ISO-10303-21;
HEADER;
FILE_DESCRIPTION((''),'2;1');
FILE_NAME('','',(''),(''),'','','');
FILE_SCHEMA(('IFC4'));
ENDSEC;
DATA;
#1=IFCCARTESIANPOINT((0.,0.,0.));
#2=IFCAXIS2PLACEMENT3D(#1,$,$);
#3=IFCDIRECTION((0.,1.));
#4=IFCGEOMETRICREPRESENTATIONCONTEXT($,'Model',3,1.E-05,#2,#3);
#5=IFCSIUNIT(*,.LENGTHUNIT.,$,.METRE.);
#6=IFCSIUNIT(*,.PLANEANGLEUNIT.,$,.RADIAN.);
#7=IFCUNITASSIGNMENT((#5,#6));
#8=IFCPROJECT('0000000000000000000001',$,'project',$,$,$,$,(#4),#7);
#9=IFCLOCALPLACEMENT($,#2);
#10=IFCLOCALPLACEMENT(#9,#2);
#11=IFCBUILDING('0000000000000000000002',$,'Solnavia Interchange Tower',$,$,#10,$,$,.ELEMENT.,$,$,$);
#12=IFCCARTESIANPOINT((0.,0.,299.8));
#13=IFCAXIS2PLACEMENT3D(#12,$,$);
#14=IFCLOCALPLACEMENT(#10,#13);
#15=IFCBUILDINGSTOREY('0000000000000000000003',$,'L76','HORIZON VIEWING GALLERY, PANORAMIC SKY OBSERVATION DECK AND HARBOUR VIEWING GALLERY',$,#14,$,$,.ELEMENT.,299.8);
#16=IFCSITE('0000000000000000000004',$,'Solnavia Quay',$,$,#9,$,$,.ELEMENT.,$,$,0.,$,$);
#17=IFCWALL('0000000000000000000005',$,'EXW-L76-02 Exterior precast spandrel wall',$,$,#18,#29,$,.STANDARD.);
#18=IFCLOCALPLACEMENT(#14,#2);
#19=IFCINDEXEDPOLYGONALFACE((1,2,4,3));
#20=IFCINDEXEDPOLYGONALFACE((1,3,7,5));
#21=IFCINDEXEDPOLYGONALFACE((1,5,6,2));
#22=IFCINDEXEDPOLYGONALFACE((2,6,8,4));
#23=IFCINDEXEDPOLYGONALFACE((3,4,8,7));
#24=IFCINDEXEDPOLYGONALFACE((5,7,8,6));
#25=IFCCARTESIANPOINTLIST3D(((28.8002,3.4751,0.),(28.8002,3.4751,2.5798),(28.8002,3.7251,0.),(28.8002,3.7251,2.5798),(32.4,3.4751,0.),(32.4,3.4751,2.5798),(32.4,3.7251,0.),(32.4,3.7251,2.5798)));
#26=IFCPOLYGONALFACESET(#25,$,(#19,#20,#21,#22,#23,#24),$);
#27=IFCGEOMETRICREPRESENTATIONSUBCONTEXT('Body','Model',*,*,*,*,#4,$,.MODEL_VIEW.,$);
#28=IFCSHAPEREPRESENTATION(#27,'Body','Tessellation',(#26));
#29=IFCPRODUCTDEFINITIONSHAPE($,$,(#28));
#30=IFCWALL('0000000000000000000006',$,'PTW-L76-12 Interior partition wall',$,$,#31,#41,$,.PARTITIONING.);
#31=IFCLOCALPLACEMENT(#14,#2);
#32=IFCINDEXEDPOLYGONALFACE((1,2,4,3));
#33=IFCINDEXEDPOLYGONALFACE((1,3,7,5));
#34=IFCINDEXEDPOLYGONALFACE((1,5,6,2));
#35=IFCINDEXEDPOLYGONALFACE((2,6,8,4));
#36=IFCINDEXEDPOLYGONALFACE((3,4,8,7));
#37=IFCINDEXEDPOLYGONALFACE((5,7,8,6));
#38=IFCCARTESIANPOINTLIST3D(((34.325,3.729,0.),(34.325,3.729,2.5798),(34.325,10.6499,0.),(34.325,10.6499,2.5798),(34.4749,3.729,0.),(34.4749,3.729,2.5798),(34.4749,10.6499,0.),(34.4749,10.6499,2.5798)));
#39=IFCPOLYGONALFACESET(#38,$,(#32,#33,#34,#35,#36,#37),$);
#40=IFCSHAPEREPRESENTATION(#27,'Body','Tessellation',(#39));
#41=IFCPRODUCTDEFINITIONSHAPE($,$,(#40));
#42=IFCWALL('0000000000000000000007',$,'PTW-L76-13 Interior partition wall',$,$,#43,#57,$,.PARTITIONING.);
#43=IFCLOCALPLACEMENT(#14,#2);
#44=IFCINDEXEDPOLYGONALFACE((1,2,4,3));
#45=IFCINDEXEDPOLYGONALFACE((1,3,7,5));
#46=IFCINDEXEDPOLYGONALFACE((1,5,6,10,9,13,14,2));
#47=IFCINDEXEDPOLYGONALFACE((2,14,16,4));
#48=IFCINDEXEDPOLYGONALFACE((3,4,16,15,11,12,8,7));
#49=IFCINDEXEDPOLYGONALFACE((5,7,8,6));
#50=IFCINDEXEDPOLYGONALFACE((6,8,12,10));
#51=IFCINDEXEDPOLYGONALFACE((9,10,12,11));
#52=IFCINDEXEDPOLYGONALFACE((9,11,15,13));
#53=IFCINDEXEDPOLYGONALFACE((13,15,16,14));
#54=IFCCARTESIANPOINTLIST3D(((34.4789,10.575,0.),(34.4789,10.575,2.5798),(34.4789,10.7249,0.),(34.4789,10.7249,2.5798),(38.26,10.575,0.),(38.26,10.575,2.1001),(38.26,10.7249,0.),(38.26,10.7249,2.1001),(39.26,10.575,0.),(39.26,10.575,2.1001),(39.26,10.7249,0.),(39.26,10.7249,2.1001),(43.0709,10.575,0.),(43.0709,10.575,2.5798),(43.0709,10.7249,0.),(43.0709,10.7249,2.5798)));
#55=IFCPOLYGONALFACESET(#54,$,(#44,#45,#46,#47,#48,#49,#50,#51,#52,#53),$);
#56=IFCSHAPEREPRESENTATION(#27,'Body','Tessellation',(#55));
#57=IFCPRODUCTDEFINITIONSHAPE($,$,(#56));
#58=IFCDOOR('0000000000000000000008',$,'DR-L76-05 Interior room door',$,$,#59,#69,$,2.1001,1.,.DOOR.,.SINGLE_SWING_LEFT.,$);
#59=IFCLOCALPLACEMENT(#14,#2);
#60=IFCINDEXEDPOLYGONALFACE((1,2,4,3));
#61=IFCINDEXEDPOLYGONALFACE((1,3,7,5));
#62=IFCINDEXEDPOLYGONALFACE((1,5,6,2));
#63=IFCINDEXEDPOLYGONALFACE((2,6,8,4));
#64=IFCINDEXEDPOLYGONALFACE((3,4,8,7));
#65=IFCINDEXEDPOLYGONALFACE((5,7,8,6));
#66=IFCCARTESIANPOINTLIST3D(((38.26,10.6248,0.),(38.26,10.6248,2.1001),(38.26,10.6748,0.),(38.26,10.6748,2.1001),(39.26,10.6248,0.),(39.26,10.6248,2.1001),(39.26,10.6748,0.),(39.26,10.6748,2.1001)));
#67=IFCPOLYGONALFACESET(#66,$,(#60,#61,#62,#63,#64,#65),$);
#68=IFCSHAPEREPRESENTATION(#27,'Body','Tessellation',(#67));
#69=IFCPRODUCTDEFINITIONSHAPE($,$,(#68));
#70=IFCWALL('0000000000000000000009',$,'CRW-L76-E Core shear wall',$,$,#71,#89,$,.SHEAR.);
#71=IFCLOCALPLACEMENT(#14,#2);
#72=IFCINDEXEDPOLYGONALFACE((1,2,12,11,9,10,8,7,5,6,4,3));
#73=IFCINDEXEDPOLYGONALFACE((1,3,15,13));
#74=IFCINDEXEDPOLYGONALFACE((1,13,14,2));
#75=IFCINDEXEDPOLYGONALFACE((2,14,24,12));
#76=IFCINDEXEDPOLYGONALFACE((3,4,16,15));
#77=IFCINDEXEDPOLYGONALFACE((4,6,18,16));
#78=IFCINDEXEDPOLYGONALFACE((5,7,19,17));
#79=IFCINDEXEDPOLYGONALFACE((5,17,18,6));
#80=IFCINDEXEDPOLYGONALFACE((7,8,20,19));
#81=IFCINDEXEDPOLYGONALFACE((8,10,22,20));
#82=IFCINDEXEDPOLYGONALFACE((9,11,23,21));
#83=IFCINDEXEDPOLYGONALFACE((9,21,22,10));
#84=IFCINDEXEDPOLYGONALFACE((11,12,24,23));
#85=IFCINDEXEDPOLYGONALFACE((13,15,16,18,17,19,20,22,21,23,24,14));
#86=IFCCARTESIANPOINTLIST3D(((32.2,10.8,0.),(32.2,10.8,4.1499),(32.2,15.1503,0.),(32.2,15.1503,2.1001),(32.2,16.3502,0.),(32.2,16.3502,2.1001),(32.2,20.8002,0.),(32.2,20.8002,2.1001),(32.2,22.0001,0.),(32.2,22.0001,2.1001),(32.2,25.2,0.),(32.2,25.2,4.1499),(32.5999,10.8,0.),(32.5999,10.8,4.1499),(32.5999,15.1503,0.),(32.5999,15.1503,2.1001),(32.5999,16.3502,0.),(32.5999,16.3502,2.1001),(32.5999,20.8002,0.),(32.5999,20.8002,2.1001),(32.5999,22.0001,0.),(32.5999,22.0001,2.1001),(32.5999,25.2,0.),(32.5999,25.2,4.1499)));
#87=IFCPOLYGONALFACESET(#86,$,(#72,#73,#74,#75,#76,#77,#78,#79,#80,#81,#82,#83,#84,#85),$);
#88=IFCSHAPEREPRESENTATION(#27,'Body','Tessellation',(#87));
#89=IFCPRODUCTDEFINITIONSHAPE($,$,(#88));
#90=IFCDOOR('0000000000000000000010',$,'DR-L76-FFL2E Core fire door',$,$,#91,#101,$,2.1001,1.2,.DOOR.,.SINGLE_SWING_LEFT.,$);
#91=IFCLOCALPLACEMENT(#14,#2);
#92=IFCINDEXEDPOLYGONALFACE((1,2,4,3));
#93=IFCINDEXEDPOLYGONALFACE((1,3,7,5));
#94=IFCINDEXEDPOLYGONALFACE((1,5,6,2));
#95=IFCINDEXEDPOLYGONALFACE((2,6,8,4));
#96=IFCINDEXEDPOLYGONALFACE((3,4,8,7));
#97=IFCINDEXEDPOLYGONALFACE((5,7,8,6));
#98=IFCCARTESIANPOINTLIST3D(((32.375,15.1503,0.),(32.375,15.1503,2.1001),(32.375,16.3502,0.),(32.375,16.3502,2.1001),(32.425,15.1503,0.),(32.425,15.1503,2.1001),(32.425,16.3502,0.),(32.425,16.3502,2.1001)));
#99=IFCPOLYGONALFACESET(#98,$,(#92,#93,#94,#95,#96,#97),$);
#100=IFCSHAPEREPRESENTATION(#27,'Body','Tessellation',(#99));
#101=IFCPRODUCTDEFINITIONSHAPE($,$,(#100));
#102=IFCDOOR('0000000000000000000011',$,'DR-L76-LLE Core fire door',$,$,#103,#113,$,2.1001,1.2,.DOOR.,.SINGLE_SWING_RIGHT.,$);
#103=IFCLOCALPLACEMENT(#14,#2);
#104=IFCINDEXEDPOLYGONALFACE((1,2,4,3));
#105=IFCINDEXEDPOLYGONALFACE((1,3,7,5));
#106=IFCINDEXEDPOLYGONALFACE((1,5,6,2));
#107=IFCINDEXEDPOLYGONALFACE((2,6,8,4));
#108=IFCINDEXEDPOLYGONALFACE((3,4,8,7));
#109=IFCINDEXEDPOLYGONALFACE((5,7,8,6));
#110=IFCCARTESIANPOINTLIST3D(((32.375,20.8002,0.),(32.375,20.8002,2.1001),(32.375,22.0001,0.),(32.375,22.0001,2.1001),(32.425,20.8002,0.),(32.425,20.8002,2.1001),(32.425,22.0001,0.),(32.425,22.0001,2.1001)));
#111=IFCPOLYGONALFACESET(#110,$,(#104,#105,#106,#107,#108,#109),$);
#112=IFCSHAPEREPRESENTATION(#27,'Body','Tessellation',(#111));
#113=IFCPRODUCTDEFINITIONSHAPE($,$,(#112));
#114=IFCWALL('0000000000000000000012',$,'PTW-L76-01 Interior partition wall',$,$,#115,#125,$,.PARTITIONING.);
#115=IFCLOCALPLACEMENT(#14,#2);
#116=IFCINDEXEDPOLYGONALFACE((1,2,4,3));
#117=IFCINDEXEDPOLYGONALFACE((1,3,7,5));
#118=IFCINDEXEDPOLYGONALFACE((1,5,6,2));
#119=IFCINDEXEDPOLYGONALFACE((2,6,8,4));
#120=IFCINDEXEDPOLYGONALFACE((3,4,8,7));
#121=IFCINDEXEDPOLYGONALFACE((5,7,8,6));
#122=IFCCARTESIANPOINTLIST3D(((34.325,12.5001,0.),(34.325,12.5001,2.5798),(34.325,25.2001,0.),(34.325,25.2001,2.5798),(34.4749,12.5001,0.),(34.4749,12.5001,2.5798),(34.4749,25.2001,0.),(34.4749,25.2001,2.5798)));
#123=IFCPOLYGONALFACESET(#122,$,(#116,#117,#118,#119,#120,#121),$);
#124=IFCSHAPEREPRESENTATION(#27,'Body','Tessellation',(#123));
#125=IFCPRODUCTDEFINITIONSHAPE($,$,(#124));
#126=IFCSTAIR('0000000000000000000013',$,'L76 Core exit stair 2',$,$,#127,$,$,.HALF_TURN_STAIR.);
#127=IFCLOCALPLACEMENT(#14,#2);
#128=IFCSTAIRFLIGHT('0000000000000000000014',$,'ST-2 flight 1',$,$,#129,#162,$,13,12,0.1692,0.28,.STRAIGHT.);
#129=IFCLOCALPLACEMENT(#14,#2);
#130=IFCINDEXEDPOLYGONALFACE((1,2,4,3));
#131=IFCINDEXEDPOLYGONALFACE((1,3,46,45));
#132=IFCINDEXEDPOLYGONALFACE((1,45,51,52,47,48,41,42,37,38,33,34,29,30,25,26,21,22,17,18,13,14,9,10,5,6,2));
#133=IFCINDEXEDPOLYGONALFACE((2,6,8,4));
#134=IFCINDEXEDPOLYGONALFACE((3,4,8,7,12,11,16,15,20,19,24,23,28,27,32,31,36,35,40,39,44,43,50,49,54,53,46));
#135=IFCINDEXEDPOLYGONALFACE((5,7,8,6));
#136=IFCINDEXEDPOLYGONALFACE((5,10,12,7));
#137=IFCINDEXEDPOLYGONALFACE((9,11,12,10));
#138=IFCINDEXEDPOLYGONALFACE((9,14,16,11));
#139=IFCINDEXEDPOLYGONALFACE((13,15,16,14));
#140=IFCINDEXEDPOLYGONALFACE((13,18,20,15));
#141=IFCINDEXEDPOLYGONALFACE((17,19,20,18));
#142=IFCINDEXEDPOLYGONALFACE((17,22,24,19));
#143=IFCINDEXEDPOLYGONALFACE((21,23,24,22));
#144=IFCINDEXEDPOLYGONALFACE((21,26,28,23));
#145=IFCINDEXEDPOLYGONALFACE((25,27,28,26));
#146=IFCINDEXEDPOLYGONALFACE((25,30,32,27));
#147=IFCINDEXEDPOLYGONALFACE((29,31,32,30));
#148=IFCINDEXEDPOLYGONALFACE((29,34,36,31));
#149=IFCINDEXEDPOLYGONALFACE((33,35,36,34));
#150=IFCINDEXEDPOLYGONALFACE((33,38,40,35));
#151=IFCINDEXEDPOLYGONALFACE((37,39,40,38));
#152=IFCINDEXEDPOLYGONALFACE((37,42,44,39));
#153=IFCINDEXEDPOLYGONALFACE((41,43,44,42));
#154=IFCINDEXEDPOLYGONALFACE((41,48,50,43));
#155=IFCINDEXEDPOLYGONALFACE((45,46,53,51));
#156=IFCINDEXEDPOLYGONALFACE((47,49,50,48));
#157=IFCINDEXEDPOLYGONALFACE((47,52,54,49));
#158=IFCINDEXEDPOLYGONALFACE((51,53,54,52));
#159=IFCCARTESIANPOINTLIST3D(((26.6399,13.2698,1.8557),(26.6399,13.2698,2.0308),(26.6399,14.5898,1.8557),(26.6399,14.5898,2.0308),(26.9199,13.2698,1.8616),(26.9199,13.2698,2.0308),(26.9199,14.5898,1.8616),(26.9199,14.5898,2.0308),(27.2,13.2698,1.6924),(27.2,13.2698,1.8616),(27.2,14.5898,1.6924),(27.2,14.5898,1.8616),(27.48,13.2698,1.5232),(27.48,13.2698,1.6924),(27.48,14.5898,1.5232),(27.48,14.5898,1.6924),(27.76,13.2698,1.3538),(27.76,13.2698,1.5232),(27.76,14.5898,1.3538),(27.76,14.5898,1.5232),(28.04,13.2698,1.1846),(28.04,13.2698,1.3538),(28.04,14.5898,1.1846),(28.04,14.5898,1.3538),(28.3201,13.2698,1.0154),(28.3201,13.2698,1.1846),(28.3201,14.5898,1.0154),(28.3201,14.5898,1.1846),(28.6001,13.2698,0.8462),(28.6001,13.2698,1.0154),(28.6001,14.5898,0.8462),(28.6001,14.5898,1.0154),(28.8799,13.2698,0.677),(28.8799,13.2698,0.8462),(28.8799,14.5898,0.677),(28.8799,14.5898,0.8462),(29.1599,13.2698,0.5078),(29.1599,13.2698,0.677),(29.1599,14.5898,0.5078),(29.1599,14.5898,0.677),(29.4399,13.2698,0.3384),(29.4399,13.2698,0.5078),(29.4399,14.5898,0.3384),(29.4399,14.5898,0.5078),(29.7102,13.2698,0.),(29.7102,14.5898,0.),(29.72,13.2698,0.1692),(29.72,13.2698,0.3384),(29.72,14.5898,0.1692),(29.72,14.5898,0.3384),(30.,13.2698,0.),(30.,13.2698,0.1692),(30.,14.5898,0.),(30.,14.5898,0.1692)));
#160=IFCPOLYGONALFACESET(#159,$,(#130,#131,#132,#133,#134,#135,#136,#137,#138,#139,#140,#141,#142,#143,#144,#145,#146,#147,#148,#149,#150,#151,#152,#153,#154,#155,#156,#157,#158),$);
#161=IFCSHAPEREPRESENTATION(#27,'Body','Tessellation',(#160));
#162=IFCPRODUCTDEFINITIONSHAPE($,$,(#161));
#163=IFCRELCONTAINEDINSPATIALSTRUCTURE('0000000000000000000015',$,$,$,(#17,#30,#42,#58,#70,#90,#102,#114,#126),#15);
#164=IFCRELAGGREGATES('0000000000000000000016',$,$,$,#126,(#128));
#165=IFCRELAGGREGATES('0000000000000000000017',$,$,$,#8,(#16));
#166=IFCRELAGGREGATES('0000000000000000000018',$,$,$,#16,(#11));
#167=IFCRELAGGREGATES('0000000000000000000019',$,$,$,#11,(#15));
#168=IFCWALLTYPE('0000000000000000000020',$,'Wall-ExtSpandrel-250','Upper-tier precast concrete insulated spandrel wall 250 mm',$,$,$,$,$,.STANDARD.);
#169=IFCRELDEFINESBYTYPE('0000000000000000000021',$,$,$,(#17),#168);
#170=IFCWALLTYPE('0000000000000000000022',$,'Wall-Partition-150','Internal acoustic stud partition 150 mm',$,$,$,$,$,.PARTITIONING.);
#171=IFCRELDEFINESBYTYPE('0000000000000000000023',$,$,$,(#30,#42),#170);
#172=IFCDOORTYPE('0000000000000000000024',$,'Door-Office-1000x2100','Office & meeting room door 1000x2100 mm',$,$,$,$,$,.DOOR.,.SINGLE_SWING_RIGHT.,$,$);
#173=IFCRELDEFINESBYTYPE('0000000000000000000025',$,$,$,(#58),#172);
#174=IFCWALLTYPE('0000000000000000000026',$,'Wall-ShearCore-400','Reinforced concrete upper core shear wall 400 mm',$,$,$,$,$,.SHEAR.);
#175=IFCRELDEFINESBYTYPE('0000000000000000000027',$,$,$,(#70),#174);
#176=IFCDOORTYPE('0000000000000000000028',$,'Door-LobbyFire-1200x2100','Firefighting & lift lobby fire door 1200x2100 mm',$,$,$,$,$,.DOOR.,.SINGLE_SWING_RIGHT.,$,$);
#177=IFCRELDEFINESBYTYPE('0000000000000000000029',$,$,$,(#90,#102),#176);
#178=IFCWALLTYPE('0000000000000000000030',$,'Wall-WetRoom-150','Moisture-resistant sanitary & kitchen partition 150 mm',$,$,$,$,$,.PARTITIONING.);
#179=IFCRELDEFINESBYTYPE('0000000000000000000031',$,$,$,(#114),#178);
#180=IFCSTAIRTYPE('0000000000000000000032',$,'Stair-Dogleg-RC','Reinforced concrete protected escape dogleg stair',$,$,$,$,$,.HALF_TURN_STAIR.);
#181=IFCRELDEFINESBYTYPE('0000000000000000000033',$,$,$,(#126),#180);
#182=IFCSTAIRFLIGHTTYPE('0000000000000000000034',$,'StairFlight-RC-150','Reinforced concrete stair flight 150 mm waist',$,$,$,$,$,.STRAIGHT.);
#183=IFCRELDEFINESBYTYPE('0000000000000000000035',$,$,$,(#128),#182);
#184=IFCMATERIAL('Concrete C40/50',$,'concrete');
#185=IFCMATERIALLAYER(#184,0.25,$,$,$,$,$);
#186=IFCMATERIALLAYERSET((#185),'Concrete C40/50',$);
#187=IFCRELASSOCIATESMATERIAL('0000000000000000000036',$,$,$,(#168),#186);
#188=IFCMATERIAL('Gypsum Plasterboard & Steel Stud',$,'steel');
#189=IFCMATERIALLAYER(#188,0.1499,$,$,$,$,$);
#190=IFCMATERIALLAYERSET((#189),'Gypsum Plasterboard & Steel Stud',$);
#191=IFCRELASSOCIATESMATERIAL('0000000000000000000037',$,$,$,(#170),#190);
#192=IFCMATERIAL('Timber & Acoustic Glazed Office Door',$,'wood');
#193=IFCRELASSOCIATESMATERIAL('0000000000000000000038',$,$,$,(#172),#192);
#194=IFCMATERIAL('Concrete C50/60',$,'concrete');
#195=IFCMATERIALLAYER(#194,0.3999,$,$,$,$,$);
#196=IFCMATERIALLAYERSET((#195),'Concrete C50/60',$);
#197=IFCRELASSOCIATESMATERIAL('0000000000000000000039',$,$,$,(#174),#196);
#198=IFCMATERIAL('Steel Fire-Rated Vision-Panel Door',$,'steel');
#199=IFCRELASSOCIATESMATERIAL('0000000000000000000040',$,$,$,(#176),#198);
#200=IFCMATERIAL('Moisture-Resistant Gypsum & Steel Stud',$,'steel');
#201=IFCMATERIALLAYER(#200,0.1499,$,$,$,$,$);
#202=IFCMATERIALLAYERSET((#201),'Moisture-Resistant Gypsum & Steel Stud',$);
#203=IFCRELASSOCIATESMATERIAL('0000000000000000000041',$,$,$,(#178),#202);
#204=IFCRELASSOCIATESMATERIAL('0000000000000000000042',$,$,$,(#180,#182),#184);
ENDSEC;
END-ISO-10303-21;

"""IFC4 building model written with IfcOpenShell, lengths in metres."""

from ifc_helpers import new_model, si_unit, direction, frame, frame_2d, origin, place, context, subcontext, project, spatial, polyline, rectangle, outline, extrude, material, layer, layer_set, type_object, element, fill, aggregate, save


model = new_model("IFC4")

# Units and contexts
model_context = context("Model", 3, precision=1e-05, world=origin(), true_north=direction((0.0, 1.0)))
body_context = subcontext(model_context, "Body", "Model", "MODEL_VIEW")
ifc_project = project(units=[si_unit("LENGTHUNIT", "METRE"), si_unit("PLANEANGLEUNIT", "RADIAN")], contexts=[model_context])

# Site, building, storey
site_placement = place(None, origin())
site = spatial("IfcSite", under=ifc_project, at=site_placement, Name="Solnavia Quay", CompositionType="ELEMENT", RefElevation=0.0)
building_placement = place(site_placement, origin())
building = spatial("IfcBuilding", under=site, at=building_placement, Name="Solnavia Interchange Tower", CompositionType="ELEMENT")
storey_placement = place(building_placement, frame((0.0, 0.0, 299.8)))
storey = spatial("IfcBuildingStorey", under=building, at=storey_placement, Name="L76", Description="HORIZON VIEWING GALLERY, PANORAMIC SKY OBSERVATION DECK AND HARBOUR VIEWING GALLERY", CompositionType="ELEMENT", Elevation=299.8)

# Shared definitions
ifc_material_1 = material(Name="Concrete C50/60", Category="concrete")

# Walls
ifc_material_2 = material(Name="Concrete C40/50", Category="concrete")
ifc_layer_1 = layer(ifc_material_2, 0.25)
ifc_layer_set_1 = layer_set([ifc_layer_1], Name="Concrete C40/50")
wall_type_1 = type_object("IfcWallType", Name="Wall-ExtSpandrel-250", Description="Upper-tier precast concrete insulated spandrel wall 250 mm", PredefinedType="STANDARD", material=ifc_layer_set_1)
wall_1_placement = place(storey_placement, frame((32.3999, 3.6001, 0.0), z_axis=(0.0, 0.0, 1.0), x_axis=(-1.0, 0.0, 0.0)))
element("IfcWall", 1, at=wall_1_placement, inside=storey, type_object=wall_type_1, Name="EXW-L76-02 Exterior precast spandrel wall", PredefinedType="STANDARD", context=body_context, shape_type="SweptSolid", body=[
    extrude(rectangle(XDim=3.5999, YDim=0.25, at=frame_2d((1.7998, 0.0))), origin(), (0.0, 0.0, 1.0), 2.5798),
])
ifc_material_3 = material(Name="Gypsum Plasterboard & Steel Stud", Category="steel")
ifc_layer_2 = layer(ifc_material_3, 0.1499)
ifc_layer_set_2 = layer_set([ifc_layer_2], Name="Gypsum Plasterboard & Steel Stud")
wall_type_2 = type_object("IfcWallType", Name="Wall-Partition-150", Description="Internal acoustic stud partition 150 mm", PredefinedType="PARTITIONING", material=ifc_layer_set_2)
wall_2_placement = place(storey_placement, frame((34.3999, 3.729, 0.0), z_axis=(0.0, 0.0, 1.0), x_axis=(0.0, 1.0, 0.0)))
element("IfcWall", 2, at=wall_2_placement, inside=storey, type_object=wall_type_2, Name="PTW-L76-12 Interior partition wall", PredefinedType="PARTITIONING", context=body_context, shape_type="SweptSolid", body=[
    extrude(rectangle(XDim=6.9209, YDim=0.1499, at=frame_2d((3.4604, 0.0))), origin(), (0.0, 0.0, 1.0), 2.5798),
])

# Wall, opening, door
wall_3_placement = place(storey_placement, frame((34.479, 10.6499, 0.0), z_axis=(0.0, 0.0, 1.0), x_axis=(1.0, 0.0, 0.0)))
wall_3 = element("IfcWall", 3, at=wall_3_placement, inside=storey, type_object=wall_type_2, Name="PTW-L76-13 Interior partition wall", PredefinedType="PARTITIONING", context=body_context, shape_type="SweptSolid", body=[
    extrude(rectangle(XDim=8.592, YDim=0.1499, at=frame_2d((4.2959, 0.0))), origin(), (0.0, 0.0, 1.0), 2.5798),
])
opening_1_placement = place(wall_3_placement, frame((3.781, 0.0, 0.0)))
opening_1 = element("IfcOpeningElement", 4, at=opening_1_placement, cuts=wall_3, PredefinedType="OPENING", context=body_context, shape_type="SweptSolid", body=[
    extrude(rectangle(XDim=1.0, YDim=2.1001, at=frame_2d((0.5, 1.05))), frame((0.0, 0.085, 0.0), z_axis=(0.0, -1.0, 0.0), x_axis=(1.0, 0.0, 0.0)), (0.0, 0.0, 1.0), 0.1699),
])
ifc_material_4 = material(Name="Timber & Acoustic Glazed Office Door", Category="wood")
door_type_1 = type_object("IfcDoorType", Name="Door-Office-1000x2100", Description="Office & meeting room door 1000x2100 mm", OperationType="SINGLE_SWING_RIGHT", PredefinedType="DOOR", material=ifc_material_4)
door_1_placement = place(opening_1_placement, origin())
door_1 = element("IfcDoor", 5, at=door_1_placement, inside=storey, type_object=door_type_1, Name="DR-L76-05 Interior room door", OperationType="SINGLE_SWING_LEFT", OverallHeight=2.1001, OverallWidth=1.0, PredefinedType="DOOR", context=body_context, shape_type="SweptSolid", body=[
    extrude(rectangle(XDim=1.0, YDim=2.1001, at=frame_2d((0.5, 1.05))), frame((0.0, 0.0249, 0.0), z_axis=(0.0, -1.0, 0.0), x_axis=(1.0, 0.0, 0.0)), (0.0, 0.0, 1.0), 0.05),
])
fill(opening_1, door_1)

# Wall, openings, doors
ifc_layer_3 = layer(ifc_material_1, 0.3999)
ifc_layer_set_3 = layer_set([ifc_layer_3], Name="Concrete C50/60")
wall_type_3 = type_object("IfcWallType", Name="Wall-ShearCore-400", Description="Reinforced concrete upper core shear wall 400 mm", PredefinedType="SHEAR", material=ifc_layer_set_3)
wall_4_placement = place(storey_placement, frame((32.3999, 10.8, 0.0), z_axis=(0.0, 0.0, 1.0), x_axis=(0.0, 1.0, 0.0)))
wall_4 = element("IfcWall", 6, at=wall_4_placement, inside=storey, type_object=wall_type_3, Name="CRW-L76-E Core shear wall", PredefinedType="SHEAR", context=body_context, shape_type="SweptSolid", body=[
    extrude(rectangle(XDim=14.3999, YDim=0.3999, at=frame_2d((7.2, 0.0))), origin(), (0.0, 0.0, 1.0), 4.1499),
])
opening_2_placement = place(wall_4_placement, frame((4.3501, 0.0, 0.0)))
opening_2 = element("IfcOpeningElement", 7, at=opening_2_placement, cuts=wall_4, PredefinedType="OPENING", context=body_context, shape_type="SweptSolid", body=[
    extrude(rectangle(XDim=1.2, YDim=2.1001, at=frame_2d((0.6001, 1.05))), frame((0.0, 0.21, 0.0), z_axis=(0.0, -1.0, 0.0), x_axis=(1.0, 0.0, 0.0)), (0.0, 0.0, 1.0), 0.4199),
])
opening_3_placement = place(wall_4_placement, frame((10.0, 0.0, 0.0)))
opening_3 = element("IfcOpeningElement", 8, at=opening_3_placement, cuts=wall_4, PredefinedType="OPENING", context=body_context, shape_type="SweptSolid", body=[
    extrude(rectangle(XDim=1.2, YDim=2.1001, at=frame_2d((0.6001, 1.05))), frame((0.0, 0.21, 0.0), z_axis=(0.0, -1.0, 0.0), x_axis=(1.0, 0.0, 0.0)), (0.0, 0.0, 1.0), 0.4199),
])
ifc_material_5 = material(Name="Steel Fire-Rated Vision-Panel Door", Category="steel")
door_type_2 = type_object("IfcDoorType", Name="Door-LobbyFire-1200x2100", Description="Firefighting & lift lobby fire door 1200x2100 mm", OperationType="SINGLE_SWING_RIGHT", PredefinedType="DOOR", material=ifc_material_5)
door_2_placement = place(opening_2_placement, origin())
door_2 = element("IfcDoor", 9, at=door_2_placement, inside=storey, type_object=door_type_2, Name="DR-L76-FFL2E Core fire door", OperationType="SINGLE_SWING_LEFT", OverallHeight=2.1001, OverallWidth=1.2, PredefinedType="DOOR", context=body_context, shape_type="SweptSolid", body=[
    extrude(rectangle(XDim=1.2, YDim=2.1001, at=frame_2d((0.6001, 1.05))), frame((0.0, 0.0249, 0.0), z_axis=(0.0, -1.0, 0.0), x_axis=(1.0, 0.0, 0.0)), (0.0, 0.0, 1.0), 0.05),
])
fill(opening_2, door_2)
door_3_placement = place(opening_3_placement, origin())
door_3 = element("IfcDoor", 10, at=door_3_placement, inside=storey, type_object=door_type_2, Name="DR-L76-LLE Core fire door", OperationType="SINGLE_SWING_RIGHT", OverallHeight=2.1001, OverallWidth=1.2, PredefinedType="DOOR", context=body_context, shape_type="SweptSolid", body=[
    extrude(rectangle(XDim=1.2, YDim=2.1001, at=frame_2d((0.6001, 1.05))), frame((0.0, 0.0249, 0.0), z_axis=(0.0, -1.0, 0.0), x_axis=(1.0, 0.0, 0.0)), (0.0, 0.0, 1.0), 0.05),
])
fill(opening_3, door_3)

# Wall
ifc_material_6 = material(Name="Moisture-Resistant Gypsum & Steel Stud", Category="steel")
ifc_layer_4 = layer(ifc_material_6, 0.1499)
ifc_layer_set_4 = layer_set([ifc_layer_4], Name="Moisture-Resistant Gypsum & Steel Stud")
wall_type_4 = type_object("IfcWallType", Name="Wall-WetRoom-150", Description="Moisture-resistant sanitary & kitchen partition 150 mm", PredefinedType="PARTITIONING", material=ifc_layer_set_4)
wall_5_placement = place(storey_placement, frame((34.3999, 12.5, 0.0), z_axis=(0.0, 0.0, 1.0), x_axis=(0.0, 1.0, 0.0)))
element("IfcWall", 11, at=wall_5_placement, inside=storey, type_object=wall_type_4, Name="PTW-L76-01 Interior partition wall", PredefinedType="PARTITIONING", context=body_context, shape_type="SweptSolid", body=[
    extrude(rectangle(XDim=12.7, YDim=0.1499, at=frame_2d((6.3501, 0.0))), origin(), (0.0, 0.0, 1.0), 2.5798),
])

# Stair, stair flight
stair_type = type_object("IfcStairType", Name="Stair-Dogleg-RC", Description="Reinforced concrete protected escape dogleg stair", PredefinedType="HALF_TURN_STAIR", material=ifc_material_2)
stair_placement = place(storey_placement, origin())
stair = element("IfcStair", 12, at=stair_placement, inside=storey, type_object=stair_type, Name="L76 Core exit stair 2", PredefinedType="HALF_TURN_STAIR")
stair_flight_type = type_object("IfcStairFlightType", Name="StairFlight-RC-150", Description="Reinforced concrete stair flight 150 mm waist", PredefinedType="STRAIGHT", material=ifc_material_2)
stair_flight_placement = place(storey_placement, frame((30.0, 13.9299, 0.0), z_axis=(0.0, 0.0, 1.0), x_axis=(-1.0, 0.0, 0.0)))
stair_flight = element("IfcStairFlight", 13, at=stair_flight_placement, type_object=stair_flight_type, Name="ST-2 flight 1", NumberOfRisers=13, NumberOfTreads=12, PredefinedType="STRAIGHT", RiserHeight=0.1692, TreadLength=0.28, context=body_context, shape_type="SweptSolid", body=[
    extrude(outline(polyline([(0.0, 0.0), (0.0, 0.1692), (0.28, 0.1692), (0.28, 0.3384), (0.5601, 0.3384), (0.5601, 0.5078), (0.8401, 0.5078), (0.8401, 0.677), (1.1201, 0.677), (1.1201, 0.8462), (1.3999, 0.8462), (1.3999, 1.0154), (1.6799, 1.0154), (1.6799, 1.1846), (1.96, 1.1846), (1.96, 1.3538), (2.24, 1.3538), (2.24, 1.5232), (2.52, 1.5232), (2.52, 1.6924), (2.8, 1.6924), (2.8, 1.8616), (3.0801, 1.8616), (3.0801, 2.0308), (3.3601, 2.0308), (3.3601, 2.2), (3.3601, 1.8557), (0.2898, 0.0), (0.0, 0.0)])), frame((0.0, 0.6602, 0.0), z_axis=(0.0, -1.0, 0.0), x_axis=(1.0, 0.0, 0.0)), (0.0, 0.0, 1.0), 1.3201),
])
aggregate(stair, [stair_flight])

save(model, "model.ifc")
